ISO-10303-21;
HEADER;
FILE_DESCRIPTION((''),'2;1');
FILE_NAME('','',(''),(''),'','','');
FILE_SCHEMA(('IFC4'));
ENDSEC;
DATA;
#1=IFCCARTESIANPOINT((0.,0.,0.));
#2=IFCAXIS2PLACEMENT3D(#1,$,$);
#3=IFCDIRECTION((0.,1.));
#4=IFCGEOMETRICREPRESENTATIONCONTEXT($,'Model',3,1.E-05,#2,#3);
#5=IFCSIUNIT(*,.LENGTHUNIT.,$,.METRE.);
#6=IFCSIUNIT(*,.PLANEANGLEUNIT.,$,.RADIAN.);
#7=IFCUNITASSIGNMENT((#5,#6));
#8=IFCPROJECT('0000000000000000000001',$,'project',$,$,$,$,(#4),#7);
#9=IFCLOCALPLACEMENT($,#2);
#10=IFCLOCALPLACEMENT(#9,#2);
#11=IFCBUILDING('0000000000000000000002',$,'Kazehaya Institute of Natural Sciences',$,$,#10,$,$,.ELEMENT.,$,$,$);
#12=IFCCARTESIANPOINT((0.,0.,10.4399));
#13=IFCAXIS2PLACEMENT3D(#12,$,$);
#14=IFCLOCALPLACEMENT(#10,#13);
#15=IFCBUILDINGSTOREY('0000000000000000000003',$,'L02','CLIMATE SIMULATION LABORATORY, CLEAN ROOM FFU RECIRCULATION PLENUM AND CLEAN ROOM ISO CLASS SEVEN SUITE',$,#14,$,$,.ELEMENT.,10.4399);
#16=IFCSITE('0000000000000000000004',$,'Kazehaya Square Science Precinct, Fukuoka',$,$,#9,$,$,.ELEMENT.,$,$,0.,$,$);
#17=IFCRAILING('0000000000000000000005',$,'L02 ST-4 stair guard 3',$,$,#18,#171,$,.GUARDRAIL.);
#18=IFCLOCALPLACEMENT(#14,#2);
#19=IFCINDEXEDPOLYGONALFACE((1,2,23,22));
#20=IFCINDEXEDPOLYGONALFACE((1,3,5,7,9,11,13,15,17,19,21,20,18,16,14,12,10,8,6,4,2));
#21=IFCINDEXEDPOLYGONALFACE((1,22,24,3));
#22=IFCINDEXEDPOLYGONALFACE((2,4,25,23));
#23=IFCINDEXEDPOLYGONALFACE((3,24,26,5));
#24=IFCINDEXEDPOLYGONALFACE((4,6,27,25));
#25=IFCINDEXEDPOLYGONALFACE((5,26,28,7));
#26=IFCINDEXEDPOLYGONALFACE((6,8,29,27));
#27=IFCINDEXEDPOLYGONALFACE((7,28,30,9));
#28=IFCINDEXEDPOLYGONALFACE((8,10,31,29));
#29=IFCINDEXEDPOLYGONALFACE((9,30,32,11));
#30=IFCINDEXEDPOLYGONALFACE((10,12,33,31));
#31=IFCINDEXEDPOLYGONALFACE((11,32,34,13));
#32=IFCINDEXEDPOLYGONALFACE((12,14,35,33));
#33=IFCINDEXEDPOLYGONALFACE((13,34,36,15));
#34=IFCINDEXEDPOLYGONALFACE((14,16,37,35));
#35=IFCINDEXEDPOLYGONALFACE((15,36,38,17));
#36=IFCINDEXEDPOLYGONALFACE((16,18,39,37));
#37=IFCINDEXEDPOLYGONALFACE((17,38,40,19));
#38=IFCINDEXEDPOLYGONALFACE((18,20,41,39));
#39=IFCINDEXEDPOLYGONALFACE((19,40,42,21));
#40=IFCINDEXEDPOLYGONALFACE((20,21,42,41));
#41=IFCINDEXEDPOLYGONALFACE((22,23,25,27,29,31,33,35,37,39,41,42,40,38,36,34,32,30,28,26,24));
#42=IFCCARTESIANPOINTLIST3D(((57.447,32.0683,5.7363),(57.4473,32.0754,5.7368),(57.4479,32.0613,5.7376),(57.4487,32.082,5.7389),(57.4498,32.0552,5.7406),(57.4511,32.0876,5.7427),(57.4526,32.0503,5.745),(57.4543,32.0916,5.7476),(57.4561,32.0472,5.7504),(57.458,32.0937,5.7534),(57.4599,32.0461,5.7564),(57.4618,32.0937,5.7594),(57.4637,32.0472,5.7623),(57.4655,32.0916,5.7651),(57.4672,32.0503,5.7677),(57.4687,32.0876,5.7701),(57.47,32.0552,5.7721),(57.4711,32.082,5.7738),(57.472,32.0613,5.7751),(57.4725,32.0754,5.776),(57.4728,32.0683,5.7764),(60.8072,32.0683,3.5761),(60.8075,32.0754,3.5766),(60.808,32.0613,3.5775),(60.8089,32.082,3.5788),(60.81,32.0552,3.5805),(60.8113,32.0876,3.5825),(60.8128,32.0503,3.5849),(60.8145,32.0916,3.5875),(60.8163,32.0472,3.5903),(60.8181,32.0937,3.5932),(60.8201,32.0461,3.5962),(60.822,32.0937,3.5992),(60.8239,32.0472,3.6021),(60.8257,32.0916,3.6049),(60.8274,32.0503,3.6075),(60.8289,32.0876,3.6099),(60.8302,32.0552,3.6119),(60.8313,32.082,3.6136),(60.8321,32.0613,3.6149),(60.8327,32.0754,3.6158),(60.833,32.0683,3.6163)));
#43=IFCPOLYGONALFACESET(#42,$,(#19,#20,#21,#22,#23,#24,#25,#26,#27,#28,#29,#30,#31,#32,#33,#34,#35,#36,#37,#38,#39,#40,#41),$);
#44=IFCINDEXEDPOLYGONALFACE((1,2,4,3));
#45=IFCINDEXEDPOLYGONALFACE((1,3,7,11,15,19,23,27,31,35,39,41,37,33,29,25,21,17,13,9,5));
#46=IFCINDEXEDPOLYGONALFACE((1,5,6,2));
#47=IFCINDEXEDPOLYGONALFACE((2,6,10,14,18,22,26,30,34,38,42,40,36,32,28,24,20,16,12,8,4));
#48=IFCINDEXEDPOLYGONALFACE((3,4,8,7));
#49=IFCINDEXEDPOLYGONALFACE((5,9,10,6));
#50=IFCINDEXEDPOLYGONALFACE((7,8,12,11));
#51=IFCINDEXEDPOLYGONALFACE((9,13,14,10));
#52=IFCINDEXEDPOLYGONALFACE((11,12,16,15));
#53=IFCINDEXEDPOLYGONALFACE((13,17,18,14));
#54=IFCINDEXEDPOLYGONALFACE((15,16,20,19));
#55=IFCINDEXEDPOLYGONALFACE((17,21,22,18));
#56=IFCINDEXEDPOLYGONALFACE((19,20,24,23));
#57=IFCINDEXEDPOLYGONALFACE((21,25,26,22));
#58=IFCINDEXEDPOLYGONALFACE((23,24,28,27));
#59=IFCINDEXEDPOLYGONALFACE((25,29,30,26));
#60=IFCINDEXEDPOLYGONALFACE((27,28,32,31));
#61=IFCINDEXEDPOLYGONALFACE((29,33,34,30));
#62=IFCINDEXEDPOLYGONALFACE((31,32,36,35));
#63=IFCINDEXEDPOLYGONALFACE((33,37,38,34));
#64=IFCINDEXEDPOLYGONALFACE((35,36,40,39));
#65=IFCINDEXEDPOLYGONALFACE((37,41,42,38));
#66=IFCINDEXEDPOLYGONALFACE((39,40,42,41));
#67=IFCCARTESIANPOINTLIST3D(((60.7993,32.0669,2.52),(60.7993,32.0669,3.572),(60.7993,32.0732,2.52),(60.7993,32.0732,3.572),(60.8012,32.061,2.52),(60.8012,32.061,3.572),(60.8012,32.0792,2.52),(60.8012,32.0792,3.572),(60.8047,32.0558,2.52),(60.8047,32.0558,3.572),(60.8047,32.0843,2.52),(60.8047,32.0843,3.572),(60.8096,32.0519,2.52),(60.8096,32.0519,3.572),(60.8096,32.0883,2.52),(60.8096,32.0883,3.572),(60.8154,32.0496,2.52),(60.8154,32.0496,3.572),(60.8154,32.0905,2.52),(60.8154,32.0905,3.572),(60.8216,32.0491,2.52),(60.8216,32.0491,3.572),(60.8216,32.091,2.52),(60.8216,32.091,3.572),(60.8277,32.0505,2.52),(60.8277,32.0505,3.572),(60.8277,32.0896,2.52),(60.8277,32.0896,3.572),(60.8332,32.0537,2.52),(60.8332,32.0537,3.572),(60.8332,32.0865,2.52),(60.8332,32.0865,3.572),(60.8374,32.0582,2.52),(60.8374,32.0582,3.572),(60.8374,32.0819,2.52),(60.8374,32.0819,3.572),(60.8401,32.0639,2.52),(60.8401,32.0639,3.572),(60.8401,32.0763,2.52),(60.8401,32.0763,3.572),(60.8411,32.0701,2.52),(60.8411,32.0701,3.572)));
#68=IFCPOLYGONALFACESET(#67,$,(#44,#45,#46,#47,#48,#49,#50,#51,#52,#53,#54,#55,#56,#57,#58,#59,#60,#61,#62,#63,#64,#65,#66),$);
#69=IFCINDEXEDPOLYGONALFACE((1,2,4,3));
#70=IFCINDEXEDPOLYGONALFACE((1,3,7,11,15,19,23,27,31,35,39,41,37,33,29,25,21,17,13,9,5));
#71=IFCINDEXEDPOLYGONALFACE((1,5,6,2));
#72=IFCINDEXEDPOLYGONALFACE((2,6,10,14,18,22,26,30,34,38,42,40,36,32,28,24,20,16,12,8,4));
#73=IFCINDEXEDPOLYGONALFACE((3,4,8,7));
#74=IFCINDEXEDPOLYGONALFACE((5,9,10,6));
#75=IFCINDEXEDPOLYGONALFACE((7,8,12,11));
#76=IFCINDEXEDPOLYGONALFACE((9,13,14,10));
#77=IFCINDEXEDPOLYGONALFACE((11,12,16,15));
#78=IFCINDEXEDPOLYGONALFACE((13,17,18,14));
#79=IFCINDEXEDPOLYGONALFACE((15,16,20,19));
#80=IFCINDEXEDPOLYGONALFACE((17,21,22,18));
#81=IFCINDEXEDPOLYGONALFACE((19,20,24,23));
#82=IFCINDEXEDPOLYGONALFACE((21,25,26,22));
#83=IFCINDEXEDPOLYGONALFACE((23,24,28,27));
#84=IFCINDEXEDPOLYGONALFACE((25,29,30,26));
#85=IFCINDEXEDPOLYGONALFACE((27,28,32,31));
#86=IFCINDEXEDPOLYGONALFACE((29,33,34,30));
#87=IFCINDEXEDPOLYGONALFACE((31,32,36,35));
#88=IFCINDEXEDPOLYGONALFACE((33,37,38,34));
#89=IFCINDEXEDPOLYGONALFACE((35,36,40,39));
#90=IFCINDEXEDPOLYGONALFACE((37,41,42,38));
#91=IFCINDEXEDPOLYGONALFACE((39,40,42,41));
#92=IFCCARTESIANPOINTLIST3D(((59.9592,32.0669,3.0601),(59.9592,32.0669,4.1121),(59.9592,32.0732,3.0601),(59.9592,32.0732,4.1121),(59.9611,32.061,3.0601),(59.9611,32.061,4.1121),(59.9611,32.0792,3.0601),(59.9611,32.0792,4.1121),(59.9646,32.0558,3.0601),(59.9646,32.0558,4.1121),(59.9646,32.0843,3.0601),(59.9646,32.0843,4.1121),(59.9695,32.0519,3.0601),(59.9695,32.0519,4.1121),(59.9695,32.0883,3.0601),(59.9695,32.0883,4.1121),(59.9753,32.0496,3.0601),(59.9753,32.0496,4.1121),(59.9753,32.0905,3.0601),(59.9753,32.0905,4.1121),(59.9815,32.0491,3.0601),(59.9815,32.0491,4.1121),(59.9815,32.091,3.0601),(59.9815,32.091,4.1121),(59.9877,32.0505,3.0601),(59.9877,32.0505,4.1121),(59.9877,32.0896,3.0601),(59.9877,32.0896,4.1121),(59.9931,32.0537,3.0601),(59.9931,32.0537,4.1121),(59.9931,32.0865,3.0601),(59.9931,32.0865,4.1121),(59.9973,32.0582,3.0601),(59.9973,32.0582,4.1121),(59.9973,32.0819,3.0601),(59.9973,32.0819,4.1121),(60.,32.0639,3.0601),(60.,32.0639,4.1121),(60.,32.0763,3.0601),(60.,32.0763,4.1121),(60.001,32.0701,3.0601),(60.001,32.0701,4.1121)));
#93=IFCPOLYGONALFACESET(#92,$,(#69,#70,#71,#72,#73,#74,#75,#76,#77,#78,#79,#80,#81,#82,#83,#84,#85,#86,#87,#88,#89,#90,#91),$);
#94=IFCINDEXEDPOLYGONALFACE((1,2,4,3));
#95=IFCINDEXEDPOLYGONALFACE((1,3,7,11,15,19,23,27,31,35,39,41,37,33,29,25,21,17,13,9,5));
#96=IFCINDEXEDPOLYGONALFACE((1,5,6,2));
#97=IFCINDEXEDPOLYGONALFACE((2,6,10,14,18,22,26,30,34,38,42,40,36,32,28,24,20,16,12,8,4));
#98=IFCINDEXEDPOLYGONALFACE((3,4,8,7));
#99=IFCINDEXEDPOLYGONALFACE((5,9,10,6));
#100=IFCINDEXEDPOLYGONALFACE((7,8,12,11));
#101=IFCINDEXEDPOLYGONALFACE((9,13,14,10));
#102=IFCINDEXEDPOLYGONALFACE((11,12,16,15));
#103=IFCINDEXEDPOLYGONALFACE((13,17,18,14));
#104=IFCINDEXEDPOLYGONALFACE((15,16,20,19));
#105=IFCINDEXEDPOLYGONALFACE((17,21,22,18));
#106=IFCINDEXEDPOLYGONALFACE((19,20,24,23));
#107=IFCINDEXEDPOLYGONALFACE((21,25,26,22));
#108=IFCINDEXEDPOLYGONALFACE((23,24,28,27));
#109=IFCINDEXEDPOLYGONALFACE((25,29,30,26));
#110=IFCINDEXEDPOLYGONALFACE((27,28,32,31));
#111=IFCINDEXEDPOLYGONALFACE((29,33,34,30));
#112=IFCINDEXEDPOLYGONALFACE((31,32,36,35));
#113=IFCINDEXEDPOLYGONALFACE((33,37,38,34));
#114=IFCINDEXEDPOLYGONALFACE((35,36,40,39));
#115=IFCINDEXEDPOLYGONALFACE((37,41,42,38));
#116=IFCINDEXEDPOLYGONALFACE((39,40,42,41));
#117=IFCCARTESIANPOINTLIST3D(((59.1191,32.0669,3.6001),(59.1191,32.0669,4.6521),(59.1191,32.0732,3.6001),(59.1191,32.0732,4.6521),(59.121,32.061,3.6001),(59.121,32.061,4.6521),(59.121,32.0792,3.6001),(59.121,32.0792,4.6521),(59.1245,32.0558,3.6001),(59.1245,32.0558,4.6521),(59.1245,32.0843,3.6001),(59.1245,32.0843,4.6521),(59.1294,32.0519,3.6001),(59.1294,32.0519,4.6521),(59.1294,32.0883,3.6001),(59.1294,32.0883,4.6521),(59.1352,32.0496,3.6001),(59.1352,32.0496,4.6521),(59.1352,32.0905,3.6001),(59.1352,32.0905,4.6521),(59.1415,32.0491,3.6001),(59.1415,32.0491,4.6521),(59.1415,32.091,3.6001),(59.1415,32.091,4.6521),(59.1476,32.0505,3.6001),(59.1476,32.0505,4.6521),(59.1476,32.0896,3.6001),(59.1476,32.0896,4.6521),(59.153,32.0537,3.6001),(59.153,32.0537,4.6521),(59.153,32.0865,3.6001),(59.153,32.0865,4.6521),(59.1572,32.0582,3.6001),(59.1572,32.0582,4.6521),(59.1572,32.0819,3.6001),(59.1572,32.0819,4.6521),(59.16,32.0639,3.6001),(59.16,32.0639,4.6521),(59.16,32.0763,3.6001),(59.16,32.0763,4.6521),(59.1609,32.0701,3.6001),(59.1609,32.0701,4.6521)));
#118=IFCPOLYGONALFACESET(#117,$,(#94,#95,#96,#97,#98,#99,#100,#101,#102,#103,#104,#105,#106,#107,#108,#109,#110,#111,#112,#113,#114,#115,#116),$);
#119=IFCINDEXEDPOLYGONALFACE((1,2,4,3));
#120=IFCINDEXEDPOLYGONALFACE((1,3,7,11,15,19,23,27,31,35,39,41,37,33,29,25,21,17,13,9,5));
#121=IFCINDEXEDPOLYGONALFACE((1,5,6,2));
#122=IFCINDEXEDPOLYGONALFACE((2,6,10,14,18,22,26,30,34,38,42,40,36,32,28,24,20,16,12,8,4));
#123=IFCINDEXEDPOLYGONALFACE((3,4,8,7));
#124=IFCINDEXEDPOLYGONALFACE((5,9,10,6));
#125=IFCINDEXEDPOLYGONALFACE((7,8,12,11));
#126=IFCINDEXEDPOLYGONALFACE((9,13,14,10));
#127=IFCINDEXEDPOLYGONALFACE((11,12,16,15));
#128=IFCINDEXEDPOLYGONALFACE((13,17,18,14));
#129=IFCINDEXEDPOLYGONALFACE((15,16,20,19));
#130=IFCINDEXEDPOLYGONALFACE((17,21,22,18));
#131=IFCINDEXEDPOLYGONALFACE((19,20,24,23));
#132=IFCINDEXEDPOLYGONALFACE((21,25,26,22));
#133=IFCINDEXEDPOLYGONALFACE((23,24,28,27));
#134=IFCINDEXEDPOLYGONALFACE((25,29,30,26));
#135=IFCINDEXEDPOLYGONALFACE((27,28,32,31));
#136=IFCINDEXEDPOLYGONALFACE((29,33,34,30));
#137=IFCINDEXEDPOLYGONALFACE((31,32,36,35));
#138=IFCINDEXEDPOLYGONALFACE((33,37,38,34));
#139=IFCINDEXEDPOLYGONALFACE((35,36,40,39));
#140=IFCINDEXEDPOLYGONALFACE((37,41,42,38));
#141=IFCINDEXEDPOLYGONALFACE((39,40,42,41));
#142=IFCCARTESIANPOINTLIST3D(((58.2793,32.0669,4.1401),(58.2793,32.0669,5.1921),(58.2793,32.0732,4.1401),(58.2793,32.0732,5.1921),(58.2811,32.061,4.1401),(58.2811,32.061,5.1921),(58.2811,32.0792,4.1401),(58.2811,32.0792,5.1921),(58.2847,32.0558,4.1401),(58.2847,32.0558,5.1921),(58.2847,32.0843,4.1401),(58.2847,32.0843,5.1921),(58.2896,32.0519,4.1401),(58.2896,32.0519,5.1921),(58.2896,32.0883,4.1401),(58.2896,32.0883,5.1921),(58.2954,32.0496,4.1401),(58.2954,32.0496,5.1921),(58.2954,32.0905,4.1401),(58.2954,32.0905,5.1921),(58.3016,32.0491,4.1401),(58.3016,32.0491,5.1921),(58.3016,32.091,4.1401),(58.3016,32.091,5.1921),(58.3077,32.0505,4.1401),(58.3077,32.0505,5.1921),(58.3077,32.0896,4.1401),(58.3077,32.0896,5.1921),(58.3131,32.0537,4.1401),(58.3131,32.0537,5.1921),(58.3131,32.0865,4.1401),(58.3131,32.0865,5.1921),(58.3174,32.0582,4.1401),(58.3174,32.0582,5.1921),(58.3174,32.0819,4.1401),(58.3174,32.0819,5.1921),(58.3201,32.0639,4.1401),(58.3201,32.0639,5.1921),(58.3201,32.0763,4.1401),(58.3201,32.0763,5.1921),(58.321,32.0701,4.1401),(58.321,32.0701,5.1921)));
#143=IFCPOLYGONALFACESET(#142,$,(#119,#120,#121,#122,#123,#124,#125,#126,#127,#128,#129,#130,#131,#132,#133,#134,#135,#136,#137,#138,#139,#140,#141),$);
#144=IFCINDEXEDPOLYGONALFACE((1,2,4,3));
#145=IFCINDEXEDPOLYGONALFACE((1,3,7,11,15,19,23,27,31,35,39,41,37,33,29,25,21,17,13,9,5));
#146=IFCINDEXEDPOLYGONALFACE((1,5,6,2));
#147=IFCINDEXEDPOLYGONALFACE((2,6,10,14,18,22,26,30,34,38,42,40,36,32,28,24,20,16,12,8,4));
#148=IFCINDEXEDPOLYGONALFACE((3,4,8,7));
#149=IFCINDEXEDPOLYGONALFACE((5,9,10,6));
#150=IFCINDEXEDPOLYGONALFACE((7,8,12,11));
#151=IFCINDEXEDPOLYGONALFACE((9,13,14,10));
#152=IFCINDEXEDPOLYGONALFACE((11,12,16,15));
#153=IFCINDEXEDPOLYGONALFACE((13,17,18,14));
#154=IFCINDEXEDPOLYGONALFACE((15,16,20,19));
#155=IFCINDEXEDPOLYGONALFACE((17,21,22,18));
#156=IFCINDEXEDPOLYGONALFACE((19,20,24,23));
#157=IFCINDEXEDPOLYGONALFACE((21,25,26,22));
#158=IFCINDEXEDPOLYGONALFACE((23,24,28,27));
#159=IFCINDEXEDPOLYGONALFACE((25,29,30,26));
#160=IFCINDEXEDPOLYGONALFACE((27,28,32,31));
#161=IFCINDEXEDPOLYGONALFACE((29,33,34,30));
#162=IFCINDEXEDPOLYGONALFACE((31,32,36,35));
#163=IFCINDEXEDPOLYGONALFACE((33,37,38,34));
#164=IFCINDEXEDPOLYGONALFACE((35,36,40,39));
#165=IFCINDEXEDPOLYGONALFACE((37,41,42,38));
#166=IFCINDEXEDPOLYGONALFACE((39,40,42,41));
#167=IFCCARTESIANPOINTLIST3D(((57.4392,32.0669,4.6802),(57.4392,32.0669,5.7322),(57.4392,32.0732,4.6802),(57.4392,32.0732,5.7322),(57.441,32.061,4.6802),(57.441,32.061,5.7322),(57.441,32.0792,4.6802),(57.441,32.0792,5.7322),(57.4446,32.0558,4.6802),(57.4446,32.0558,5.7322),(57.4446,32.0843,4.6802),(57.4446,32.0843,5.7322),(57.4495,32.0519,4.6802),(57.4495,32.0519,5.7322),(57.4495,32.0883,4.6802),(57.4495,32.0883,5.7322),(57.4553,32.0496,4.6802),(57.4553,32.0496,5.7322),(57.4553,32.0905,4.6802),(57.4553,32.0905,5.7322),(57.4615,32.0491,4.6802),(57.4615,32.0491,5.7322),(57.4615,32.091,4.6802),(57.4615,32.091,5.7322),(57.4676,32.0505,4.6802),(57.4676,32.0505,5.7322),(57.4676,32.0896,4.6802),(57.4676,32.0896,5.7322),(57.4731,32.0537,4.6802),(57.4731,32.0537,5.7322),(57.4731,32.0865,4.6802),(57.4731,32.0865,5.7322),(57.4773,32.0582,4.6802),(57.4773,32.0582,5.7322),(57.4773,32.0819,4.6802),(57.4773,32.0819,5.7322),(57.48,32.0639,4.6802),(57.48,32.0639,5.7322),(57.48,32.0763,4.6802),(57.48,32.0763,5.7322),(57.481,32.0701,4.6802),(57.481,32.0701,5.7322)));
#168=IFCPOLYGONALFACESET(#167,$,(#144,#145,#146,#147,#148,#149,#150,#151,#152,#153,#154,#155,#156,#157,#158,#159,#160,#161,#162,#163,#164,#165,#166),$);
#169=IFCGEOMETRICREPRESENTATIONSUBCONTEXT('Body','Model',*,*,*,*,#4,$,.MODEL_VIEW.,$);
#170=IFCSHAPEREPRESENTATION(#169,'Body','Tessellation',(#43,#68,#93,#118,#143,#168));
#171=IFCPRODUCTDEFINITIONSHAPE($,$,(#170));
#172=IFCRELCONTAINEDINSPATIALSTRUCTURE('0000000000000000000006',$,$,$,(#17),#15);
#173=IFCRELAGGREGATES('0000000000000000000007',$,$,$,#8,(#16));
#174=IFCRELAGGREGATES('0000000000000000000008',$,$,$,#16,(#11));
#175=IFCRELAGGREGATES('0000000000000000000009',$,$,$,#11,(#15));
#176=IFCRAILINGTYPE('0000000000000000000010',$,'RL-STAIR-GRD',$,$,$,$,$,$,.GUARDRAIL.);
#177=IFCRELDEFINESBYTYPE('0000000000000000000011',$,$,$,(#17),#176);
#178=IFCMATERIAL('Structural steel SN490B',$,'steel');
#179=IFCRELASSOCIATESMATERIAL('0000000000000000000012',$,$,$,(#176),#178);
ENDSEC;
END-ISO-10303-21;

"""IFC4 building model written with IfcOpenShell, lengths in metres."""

from ifc_helpers import new_model, si_unit, direction, frame, origin, origin_2d, place, context, subcontext, project, spatial, circle, extrude, material, type_object, element, save


model = new_model("IFC4")

# Units and contexts
model_context = context("Model", 3, precision=1e-05, world=origin(), true_north=direction((0.0, 1.0)))
body_context = subcontext(model_context, "Body", "Model", "MODEL_VIEW")
ifc_project = project(units=[si_unit("LENGTHUNIT", "METRE"), si_unit("PLANEANGLEUNIT", "RADIAN")], contexts=[model_context])

# Site, building, storey
site_placement = place(None, origin())
site = spatial("IfcSite", under=ifc_project, at=site_placement, Name="Kazehaya Square Science Precinct, Fukuoka", CompositionType="ELEMENT", RefElevation=0.0)
building_placement = place(site_placement, origin())
building = spatial("IfcBuilding", under=site, at=building_placement, Name="Kazehaya Institute of Natural Sciences", CompositionType="ELEMENT")
storey_placement = place(building_placement, frame((0.0, 0.0, 10.4399)))
storey = spatial("IfcBuildingStorey", under=building, at=storey_placement, Name="L02", Description="CLIMATE SIMULATION LABORATORY, CLEAN ROOM FFU RECIRCULATION PLENUM AND CLEAN ROOM ISO CLASS SEVEN SUITE", CompositionType="ELEMENT", Elevation=10.4399)

# Shared definitions
ifc_material_1 = material(Name="Structural steel SN490B", Category="steel")

# Railing
railing_type_1 = type_object("IfcRailingType", Name="RL-STAIR-GRD", PredefinedType="GUARDRAIL", material=ifc_material_1)
railing_1_placement = place(storey_placement, frame((60.8201, 32.0701, 2.52)))
element("IfcRailing", 1, at=railing_1_placement, inside=storey, type_object=railing_type_1, Name="L02 ST-4 stair guard 3", PredefinedType="GUARDRAIL", context=body_context, shape_type="SweptSolid", body=[
    extrude(circle(Radius=0.0239, at=origin_2d()), frame((0.0, 0.0, 1.0762), z_axis=(-0.841169, 0.0, 0.540773), x_axis=(0.0, -1.0, 0.0)), (0.0, 0.0, 1.0), 3.9946),
    extrude(circle(Radius=0.021, at=origin_2d()), origin(), (0.0, 0.0, 1.0), 1.052),
    extrude(circle(Radius=0.021, at=origin_2d()), frame((-0.8401, 0.0, 0.54)), (0.0, 0.0, 1.0), 1.052),
    extrude(circle(Radius=0.021, at=origin_2d()), frame((-1.6802, 0.0, 1.0801)), (0.0, 0.0, 1.0), 1.052),
    extrude(circle(Radius=0.021, at=origin_2d()), frame((-2.52, 0.0, 1.6201)), (0.0, 0.0, 1.0), 1.052),
    extrude(circle(Radius=0.021, at=origin_2d()), frame((-3.3601, 0.0, 2.1602)), (0.0, 0.0, 1.0), 1.052),
])

save(model, "model.ifc")
